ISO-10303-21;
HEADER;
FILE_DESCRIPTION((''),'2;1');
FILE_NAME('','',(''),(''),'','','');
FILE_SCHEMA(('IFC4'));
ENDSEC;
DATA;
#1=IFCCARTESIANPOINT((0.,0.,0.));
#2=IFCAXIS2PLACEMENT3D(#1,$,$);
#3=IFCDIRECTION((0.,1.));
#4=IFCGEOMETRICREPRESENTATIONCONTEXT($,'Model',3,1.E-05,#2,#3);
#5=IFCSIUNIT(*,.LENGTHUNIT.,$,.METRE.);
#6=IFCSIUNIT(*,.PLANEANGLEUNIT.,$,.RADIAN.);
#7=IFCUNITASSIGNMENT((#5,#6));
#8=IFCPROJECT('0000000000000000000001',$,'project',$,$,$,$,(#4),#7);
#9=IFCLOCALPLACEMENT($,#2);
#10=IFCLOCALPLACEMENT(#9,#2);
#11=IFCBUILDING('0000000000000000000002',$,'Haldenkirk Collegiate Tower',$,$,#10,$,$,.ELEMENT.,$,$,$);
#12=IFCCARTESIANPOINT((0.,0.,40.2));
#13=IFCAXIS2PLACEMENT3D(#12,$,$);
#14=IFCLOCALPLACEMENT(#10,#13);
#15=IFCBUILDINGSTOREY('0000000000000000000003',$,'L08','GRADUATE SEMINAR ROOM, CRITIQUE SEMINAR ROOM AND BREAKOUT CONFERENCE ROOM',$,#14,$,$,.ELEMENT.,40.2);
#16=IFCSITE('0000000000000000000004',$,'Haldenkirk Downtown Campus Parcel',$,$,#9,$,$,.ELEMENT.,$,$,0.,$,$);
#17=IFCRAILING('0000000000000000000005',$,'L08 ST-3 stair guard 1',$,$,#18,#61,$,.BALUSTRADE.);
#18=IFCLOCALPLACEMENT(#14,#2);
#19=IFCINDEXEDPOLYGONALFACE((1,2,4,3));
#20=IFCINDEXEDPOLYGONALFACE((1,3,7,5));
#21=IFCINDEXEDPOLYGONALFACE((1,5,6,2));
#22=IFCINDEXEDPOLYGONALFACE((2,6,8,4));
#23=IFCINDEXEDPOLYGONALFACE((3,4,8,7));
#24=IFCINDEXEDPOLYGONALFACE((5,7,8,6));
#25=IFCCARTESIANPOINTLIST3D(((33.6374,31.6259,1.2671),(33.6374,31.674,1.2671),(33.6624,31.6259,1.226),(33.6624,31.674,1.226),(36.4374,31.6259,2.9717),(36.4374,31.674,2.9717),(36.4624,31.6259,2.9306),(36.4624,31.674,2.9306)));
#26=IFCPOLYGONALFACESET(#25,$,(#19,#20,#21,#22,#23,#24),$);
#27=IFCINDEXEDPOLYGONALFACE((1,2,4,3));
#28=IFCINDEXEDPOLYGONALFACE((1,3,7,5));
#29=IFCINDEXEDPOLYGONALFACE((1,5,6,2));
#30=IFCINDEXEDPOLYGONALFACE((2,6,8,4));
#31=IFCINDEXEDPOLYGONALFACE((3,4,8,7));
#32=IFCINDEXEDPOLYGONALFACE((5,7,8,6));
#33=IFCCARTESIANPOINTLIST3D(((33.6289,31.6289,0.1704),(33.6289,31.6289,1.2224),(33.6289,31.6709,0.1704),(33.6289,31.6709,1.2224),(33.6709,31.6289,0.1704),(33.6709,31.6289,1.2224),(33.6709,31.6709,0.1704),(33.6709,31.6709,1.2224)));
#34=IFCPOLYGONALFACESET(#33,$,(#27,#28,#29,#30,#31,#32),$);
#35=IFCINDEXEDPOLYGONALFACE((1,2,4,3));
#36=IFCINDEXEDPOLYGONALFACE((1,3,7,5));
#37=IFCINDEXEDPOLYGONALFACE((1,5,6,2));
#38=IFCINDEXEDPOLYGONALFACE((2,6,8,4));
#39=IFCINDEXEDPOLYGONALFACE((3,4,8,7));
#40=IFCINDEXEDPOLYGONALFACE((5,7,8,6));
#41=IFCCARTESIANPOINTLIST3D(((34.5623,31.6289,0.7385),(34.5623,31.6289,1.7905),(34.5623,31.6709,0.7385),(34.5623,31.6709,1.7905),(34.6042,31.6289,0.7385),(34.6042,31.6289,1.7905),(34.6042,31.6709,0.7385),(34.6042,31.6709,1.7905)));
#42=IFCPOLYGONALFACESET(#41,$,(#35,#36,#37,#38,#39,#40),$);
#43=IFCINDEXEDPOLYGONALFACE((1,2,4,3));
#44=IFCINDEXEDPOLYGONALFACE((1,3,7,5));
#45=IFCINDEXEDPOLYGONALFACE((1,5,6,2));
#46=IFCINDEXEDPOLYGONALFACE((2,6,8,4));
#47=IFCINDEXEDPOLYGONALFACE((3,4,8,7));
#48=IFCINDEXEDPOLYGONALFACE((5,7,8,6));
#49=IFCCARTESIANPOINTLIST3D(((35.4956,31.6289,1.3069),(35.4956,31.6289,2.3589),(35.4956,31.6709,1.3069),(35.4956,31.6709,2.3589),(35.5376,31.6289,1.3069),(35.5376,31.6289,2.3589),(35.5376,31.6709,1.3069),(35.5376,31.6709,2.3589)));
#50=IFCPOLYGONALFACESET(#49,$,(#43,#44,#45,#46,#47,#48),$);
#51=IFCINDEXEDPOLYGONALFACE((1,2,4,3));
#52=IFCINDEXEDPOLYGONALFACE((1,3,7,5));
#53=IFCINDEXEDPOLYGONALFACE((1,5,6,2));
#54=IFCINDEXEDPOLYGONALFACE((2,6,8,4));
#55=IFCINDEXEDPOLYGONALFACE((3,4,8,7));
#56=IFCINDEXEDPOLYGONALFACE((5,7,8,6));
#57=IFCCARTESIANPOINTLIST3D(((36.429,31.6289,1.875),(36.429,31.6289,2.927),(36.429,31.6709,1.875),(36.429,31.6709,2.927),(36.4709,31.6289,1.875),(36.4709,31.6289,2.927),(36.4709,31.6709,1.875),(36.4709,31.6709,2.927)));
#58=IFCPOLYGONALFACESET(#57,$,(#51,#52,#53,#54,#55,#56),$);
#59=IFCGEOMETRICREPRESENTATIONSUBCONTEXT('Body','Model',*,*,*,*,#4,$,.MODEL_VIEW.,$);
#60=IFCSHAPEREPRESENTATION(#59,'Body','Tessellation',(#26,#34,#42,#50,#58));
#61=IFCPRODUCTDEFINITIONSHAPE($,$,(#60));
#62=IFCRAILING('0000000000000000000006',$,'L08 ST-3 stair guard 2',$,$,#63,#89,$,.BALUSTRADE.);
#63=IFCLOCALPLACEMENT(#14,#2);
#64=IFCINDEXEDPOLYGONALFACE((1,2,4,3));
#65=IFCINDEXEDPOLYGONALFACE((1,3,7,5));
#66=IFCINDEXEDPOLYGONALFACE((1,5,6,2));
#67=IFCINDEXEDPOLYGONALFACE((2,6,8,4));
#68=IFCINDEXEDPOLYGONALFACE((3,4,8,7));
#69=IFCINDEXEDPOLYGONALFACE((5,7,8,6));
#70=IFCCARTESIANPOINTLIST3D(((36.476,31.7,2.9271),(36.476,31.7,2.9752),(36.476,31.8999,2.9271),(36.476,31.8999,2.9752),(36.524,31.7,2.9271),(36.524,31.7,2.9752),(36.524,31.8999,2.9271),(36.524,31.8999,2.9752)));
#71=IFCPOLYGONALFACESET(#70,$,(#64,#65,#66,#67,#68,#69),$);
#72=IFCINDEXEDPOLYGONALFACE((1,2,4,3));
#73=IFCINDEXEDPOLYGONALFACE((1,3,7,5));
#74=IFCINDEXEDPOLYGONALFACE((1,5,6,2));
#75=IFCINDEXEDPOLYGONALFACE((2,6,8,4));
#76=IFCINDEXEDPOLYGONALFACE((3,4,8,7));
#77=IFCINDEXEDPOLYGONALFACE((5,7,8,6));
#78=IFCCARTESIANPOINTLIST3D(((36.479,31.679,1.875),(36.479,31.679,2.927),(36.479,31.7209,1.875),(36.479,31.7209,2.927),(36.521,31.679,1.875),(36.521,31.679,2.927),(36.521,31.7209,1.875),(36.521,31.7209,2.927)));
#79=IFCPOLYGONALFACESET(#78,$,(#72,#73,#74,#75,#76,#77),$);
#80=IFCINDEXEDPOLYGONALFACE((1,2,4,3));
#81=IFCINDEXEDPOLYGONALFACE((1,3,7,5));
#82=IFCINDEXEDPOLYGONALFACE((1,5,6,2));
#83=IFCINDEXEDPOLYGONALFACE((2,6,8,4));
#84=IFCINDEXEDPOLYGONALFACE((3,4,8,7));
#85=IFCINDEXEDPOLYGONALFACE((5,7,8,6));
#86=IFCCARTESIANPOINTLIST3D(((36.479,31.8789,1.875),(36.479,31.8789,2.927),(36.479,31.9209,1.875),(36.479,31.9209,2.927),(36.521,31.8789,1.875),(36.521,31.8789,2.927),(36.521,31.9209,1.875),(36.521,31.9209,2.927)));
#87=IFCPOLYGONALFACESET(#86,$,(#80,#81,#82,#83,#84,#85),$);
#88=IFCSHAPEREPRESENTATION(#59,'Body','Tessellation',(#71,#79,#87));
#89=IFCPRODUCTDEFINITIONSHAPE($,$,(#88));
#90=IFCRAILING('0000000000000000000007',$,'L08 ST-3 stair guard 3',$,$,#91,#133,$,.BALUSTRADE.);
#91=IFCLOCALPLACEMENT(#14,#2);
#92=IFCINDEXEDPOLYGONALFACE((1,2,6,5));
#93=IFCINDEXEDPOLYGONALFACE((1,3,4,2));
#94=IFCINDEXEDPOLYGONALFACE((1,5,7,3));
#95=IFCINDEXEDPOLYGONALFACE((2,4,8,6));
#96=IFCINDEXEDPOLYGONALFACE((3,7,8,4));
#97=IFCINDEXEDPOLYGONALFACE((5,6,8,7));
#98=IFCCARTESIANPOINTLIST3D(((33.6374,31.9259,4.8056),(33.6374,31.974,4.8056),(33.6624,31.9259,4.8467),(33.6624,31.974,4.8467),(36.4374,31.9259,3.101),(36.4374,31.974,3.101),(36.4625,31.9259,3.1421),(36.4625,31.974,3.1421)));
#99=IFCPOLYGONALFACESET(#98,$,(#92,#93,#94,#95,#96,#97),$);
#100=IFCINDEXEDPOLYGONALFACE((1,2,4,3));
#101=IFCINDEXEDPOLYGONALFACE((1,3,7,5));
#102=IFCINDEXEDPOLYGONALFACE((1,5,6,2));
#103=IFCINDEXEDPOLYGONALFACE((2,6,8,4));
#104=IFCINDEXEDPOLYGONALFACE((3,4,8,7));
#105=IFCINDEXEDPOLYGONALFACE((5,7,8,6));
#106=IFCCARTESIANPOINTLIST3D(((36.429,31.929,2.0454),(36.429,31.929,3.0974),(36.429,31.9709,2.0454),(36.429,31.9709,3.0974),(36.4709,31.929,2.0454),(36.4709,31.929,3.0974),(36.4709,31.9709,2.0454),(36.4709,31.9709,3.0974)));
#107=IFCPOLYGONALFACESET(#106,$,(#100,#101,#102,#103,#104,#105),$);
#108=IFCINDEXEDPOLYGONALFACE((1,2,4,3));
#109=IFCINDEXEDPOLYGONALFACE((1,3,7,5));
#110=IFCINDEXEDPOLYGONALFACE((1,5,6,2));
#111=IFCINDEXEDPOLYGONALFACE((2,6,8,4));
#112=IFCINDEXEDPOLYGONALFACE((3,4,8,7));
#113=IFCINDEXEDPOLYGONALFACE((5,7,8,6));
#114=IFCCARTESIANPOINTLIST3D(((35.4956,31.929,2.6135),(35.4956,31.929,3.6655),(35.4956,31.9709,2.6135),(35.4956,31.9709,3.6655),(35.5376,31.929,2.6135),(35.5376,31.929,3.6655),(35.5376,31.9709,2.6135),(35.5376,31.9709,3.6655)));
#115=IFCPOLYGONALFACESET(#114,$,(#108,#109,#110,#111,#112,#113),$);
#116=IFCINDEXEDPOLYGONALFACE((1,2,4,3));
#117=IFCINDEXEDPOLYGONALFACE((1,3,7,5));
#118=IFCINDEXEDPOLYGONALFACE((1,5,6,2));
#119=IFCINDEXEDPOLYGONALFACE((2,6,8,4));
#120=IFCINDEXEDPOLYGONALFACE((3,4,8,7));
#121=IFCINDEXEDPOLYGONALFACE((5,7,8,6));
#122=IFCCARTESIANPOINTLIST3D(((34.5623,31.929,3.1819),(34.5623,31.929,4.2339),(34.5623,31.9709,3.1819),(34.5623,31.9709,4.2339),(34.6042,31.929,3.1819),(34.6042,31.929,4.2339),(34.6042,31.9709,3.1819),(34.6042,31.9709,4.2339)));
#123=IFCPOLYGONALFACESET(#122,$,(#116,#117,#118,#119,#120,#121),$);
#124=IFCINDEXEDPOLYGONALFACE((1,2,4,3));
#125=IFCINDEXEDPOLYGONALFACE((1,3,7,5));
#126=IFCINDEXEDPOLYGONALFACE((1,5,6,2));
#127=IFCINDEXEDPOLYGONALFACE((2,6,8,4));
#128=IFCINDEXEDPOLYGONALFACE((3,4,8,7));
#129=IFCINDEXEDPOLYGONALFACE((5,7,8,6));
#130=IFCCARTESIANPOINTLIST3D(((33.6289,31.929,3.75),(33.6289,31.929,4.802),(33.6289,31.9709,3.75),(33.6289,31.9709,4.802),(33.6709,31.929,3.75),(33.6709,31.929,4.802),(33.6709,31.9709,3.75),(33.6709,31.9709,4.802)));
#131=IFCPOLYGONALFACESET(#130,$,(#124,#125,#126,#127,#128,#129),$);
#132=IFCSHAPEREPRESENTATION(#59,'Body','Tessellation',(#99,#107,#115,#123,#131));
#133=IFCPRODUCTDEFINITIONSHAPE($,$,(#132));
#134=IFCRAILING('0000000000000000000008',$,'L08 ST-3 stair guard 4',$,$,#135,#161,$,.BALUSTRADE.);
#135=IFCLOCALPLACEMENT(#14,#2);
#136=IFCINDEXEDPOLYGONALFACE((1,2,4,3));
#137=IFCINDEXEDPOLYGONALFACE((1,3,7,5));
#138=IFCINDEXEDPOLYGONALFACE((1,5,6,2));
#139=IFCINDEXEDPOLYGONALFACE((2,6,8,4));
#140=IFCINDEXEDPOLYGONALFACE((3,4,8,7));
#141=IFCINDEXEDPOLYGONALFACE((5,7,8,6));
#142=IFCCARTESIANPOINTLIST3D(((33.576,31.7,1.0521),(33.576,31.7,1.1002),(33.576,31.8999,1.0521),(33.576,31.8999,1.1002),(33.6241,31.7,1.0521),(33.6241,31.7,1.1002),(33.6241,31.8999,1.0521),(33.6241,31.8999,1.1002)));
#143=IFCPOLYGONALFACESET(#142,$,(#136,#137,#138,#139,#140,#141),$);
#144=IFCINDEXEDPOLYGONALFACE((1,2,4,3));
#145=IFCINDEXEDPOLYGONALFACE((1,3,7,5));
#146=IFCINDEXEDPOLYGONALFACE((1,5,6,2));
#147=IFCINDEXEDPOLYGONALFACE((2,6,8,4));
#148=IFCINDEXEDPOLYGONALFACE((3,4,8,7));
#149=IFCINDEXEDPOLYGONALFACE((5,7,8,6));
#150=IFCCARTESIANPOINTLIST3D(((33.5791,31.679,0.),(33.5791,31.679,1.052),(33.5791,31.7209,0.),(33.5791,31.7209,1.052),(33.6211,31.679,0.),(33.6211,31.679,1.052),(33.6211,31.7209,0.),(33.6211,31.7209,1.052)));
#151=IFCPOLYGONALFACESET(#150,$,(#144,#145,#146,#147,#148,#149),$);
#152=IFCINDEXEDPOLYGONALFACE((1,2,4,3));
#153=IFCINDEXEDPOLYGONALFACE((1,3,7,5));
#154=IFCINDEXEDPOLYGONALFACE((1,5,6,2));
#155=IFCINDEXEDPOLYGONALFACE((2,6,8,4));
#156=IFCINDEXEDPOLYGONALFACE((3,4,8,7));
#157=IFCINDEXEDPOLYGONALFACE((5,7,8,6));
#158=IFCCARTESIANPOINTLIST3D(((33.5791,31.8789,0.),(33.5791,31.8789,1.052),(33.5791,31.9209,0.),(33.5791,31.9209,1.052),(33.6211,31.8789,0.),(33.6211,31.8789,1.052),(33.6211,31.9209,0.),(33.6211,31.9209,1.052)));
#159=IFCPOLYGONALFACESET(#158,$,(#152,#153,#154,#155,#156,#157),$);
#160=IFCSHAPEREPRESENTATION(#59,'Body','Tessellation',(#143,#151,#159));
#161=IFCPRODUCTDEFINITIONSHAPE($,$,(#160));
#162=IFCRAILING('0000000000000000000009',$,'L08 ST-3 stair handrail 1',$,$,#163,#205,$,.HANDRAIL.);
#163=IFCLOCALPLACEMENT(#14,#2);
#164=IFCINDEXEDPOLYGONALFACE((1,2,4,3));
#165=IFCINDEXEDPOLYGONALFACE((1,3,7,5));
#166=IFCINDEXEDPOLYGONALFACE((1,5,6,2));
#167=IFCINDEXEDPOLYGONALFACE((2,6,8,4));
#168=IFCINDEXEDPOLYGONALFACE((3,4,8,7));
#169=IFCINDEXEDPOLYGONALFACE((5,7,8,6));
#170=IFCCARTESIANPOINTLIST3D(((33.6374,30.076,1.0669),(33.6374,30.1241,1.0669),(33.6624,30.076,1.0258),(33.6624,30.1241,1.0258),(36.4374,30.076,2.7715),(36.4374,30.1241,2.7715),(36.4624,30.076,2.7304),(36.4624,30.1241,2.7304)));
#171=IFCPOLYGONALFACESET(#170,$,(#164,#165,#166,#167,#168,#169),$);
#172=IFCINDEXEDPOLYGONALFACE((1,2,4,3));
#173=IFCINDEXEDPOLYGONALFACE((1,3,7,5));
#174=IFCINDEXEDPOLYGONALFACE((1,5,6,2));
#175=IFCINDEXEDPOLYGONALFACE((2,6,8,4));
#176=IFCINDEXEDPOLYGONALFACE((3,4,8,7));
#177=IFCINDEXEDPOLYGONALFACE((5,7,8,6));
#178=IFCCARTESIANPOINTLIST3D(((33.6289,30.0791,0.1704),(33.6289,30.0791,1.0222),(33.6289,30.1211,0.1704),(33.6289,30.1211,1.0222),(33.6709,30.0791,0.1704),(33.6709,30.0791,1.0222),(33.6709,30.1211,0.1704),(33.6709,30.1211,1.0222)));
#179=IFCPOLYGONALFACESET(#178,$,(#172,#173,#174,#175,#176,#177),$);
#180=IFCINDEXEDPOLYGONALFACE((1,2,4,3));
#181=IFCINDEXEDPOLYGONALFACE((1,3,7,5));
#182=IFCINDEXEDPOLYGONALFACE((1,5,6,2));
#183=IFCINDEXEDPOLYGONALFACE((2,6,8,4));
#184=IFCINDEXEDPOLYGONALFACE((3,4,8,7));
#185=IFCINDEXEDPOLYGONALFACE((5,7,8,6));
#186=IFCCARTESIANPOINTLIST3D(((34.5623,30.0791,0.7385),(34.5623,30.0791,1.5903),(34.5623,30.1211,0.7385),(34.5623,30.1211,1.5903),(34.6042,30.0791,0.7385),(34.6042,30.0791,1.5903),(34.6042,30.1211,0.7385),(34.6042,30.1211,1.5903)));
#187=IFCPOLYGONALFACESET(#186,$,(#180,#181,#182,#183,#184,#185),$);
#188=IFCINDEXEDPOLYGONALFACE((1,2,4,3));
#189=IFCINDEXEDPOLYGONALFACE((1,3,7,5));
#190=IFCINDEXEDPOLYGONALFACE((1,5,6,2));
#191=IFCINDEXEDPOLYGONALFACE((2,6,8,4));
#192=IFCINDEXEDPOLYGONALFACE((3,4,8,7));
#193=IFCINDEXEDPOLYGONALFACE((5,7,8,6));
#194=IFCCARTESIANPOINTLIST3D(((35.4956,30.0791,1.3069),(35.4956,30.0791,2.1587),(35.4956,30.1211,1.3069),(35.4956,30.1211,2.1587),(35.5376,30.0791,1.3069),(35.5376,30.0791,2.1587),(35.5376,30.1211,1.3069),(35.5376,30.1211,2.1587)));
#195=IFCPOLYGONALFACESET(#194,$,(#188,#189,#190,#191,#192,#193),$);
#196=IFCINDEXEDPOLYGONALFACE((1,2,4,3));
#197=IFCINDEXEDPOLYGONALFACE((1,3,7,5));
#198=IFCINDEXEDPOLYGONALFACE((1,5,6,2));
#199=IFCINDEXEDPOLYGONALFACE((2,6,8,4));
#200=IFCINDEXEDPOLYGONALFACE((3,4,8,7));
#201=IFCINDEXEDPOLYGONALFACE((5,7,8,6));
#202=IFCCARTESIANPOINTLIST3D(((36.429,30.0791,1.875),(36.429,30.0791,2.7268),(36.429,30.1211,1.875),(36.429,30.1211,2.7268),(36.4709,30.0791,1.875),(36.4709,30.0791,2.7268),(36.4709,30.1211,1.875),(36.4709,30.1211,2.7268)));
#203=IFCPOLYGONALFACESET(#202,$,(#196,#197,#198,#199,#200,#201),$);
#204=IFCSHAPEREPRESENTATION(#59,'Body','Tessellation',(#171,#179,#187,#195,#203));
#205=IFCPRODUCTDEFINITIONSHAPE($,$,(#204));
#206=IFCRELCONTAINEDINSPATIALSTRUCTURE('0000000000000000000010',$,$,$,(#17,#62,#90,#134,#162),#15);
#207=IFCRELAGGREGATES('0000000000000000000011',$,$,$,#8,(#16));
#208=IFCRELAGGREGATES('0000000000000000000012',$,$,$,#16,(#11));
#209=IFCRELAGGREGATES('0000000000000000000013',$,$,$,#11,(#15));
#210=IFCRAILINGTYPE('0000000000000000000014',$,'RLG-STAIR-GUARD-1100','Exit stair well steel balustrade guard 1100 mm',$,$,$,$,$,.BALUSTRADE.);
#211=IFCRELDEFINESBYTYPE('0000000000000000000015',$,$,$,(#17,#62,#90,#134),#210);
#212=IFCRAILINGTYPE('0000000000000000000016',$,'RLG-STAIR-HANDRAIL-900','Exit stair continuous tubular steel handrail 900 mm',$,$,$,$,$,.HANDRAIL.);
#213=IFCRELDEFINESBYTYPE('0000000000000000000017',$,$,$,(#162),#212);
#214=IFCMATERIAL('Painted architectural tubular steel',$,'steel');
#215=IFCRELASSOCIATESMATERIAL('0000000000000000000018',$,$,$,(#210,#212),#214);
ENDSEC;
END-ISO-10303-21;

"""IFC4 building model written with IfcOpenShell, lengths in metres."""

from ifc_helpers import new_model, si_unit, direction, frame, origin, origin_2d, place, context, subcontext, project, spatial, rectangle, extrude, material, type_object, element, save


model = new_model("IFC4")

# Units and contexts
model_context = context("Model", 3, precision=1e-05, world=origin(), true_north=direction((0.0, 1.0)))
body_context = subcontext(model_context, "Body", "Model", "MODEL_VIEW")
ifc_project = project(units=[si_unit("LENGTHUNIT", "METRE"), si_unit("PLANEANGLEUNIT", "RADIAN")], contexts=[model_context])

# Site, building, storey
site_placement = place(None, origin())
site = spatial("IfcSite", under=ifc_project, at=site_placement, Name="Haldenkirk Downtown Campus Parcel", CompositionType="ELEMENT", RefElevation=0.0)
building_placement = place(site_placement, origin())
building = spatial("IfcBuilding", under=site, at=building_placement, Name="Haldenkirk Collegiate Tower", CompositionType="ELEMENT")
storey_placement = place(building_placement, frame((0.0, 0.0, 40.2)))
storey = spatial("IfcBuildingStorey", under=building, at=storey_placement, Name="L08", Description="GRADUATE SEMINAR ROOM, CRITIQUE SEMINAR ROOM AND BREAKOUT CONFERENCE ROOM", CompositionType="ELEMENT", Elevation=40.2)

# Railings
ifc_material_1 = material(Name="Painted architectural tubular steel", Category="steel")
railing_type_1 = type_object("IfcRailingType", Name="RLG-STAIR-GUARD-1100", Description="Exit stair well steel balustrade guard 1100 mm", PredefinedType="BALUSTRADE", material=ifc_material_1)
railing_1_placement = place(storey_placement, frame((33.6499, 31.6499, 0.1704)))
element("IfcRailing", 1, at=railing_1_placement, inside=storey, type_object=railing_type_1, Name="L08 ST-3 stair guard 1", PredefinedType="BALUSTRADE", context=body_context, shape_type="SweptSolid", body=[
    extrude(rectangle(XDim=0.0481, YDim=0.0481, at=origin_2d()), frame((0.0, 0.0, 1.0762), z_axis=(0.85417, 0.0, 0.519994), x_axis=(0.0, 1.0, 0.0)), (0.0, 0.0, 1.0), 3.2781),
    extrude(rectangle(XDim=0.042, YDim=0.042, at=origin_2d()), origin(), (0.0, 0.0, 1.0), 1.052),
    extrude(rectangle(XDim=0.042, YDim=0.042, at=origin_2d()), frame((0.9333, 0.0, 0.5681)), (0.0, 0.0, 1.0), 1.052),
    extrude(rectangle(XDim=0.042, YDim=0.042, at=origin_2d()), frame((1.8667, 0.0, 1.1365)), (0.0, 0.0, 1.0), 1.052),
    extrude(rectangle(XDim=0.042, YDim=0.042, at=origin_2d()), frame((2.8, 0.0, 1.7046)), (0.0, 0.0, 1.0), 1.052),
])
railing_2_placement = place(storey_placement, frame((36.5, 31.7, 1.875)))
element("IfcRailing", 2, at=railing_2_placement, inside=storey, type_object=railing_type_1, Name="L08 ST-3 stair guard 2", PredefinedType="BALUSTRADE", context=body_context, shape_type="SweptSolid", body=[
    extrude(rectangle(XDim=0.0481, YDim=0.0481, at=origin_2d()), frame((0.0, 0.0, 1.0762), z_axis=(0.0, 1.0, 0.0), x_axis=(-1.0, 0.0, 0.0)), (0.0, 0.0, 1.0), 0.2),
    extrude(rectangle(XDim=0.042, YDim=0.042, at=origin_2d()), origin(), (0.0, 0.0, 1.0), 1.052),
    extrude(rectangle(XDim=0.042, YDim=0.042, at=origin_2d()), frame((0.0, 0.2, 0.0)), (0.0, 0.0, 1.0), 1.052),
])
railing_3_placement = place(storey_placement, frame((36.45, 31.95, 2.0454)))
element("IfcRailing", 3, at=railing_3_placement, inside=storey, type_object=railing_type_1, Name="L08 ST-3 stair guard 3", PredefinedType="BALUSTRADE", context=body_context, shape_type="SweptSolid", body=[
    extrude(rectangle(XDim=0.0481, YDim=0.0481, at=origin_2d()), frame((0.0, 0.0, 1.0762), z_axis=(-0.85417, 0.0, 0.519994), x_axis=(0.0, -1.0, 0.0)), (0.0, 0.0, 1.0), 3.2781),
    extrude(rectangle(XDim=0.042, YDim=0.042, at=origin_2d()), origin(), (0.0, 0.0, 1.0), 1.052),
    extrude(rectangle(XDim=0.042, YDim=0.042, at=origin_2d()), frame((-0.9333, 0.0, 0.5681)), (0.0, 0.0, 1.0), 1.052),
    extrude(rectangle(XDim=0.042, YDim=0.042, at=origin_2d()), frame((-1.8667, 0.0, 1.1365)), (0.0, 0.0, 1.0), 1.052),
    extrude(rectangle(XDim=0.042, YDim=0.042, at=origin_2d()), frame((-2.8, 0.0, 1.7046)), (0.0, 0.0, 1.0), 1.052),
])
railing_4_placement = place(storey_placement, frame((33.6001, 31.7, 0.0)))
element("IfcRailing", 4, at=railing_4_placement, inside=storey, type_object=railing_type_1, Name="L08 ST-3 stair guard 4", PredefinedType="BALUSTRADE", context=body_context, shape_type="SweptSolid", body=[
    extrude(rectangle(XDim=0.0481, YDim=0.0481, at=origin_2d()), frame((0.0, 0.0, 1.0762), z_axis=(0.0, 1.0, 0.0), x_axis=(-1.0, 0.0, 0.0)), (0.0, 0.0, 1.0), 0.2),
    extrude(rectangle(XDim=0.042, YDim=0.042, at=origin_2d()), origin(), (0.0, 0.0, 1.0), 1.052),
    extrude(rectangle(XDim=0.042, YDim=0.042, at=origin_2d()), frame((0.0, 0.2, 0.0)), (0.0, 0.0, 1.0), 1.052),
])
railing_type_2 = type_object("IfcRailingType", Name="RLG-STAIR-HANDRAIL-900", Description="Exit stair continuous tubular steel handrail 900 mm", PredefinedType="HANDRAIL", material=ifc_material_1)
railing_5_placement = place(storey_placement, frame((33.6499, 30.1001, 0.1704)))
element("IfcRailing", 5, at=railing_5_placement, inside=storey, type_object=railing_type_2, Name="L08 ST-3 stair handrail 1", PredefinedType="HANDRAIL", context=body_context, shape_type="SweptSolid", body=[
    extrude(rectangle(XDim=0.0481, YDim=0.0481, at=origin_2d()), frame((0.0, 0.0, 0.876), z_axis=(0.85417, 0.0, 0.519994), x_axis=(0.0, 1.0, 0.0)), (0.0, 0.0, 1.0), 3.2781),
    extrude(rectangle(XDim=0.042, YDim=0.042, at=origin_2d()), origin(), (0.0, 0.0, 1.0), 0.8518),
    extrude(rectangle(XDim=0.042, YDim=0.042, at=origin_2d()), frame((0.9333, 0.0, 0.5681)), (0.0, 0.0, 1.0), 0.8518),
    extrude(rectangle(XDim=0.042, YDim=0.042, at=origin_2d()), frame((1.8667, 0.0, 1.1365)), (0.0, 0.0, 1.0), 0.8518),
    extrude(rectangle(XDim=0.042, YDim=0.042, at=origin_2d()), frame((2.8, 0.0, 1.7046)), (0.0, 0.0, 1.0), 0.8518),
])

save(model, "model.ifc")
